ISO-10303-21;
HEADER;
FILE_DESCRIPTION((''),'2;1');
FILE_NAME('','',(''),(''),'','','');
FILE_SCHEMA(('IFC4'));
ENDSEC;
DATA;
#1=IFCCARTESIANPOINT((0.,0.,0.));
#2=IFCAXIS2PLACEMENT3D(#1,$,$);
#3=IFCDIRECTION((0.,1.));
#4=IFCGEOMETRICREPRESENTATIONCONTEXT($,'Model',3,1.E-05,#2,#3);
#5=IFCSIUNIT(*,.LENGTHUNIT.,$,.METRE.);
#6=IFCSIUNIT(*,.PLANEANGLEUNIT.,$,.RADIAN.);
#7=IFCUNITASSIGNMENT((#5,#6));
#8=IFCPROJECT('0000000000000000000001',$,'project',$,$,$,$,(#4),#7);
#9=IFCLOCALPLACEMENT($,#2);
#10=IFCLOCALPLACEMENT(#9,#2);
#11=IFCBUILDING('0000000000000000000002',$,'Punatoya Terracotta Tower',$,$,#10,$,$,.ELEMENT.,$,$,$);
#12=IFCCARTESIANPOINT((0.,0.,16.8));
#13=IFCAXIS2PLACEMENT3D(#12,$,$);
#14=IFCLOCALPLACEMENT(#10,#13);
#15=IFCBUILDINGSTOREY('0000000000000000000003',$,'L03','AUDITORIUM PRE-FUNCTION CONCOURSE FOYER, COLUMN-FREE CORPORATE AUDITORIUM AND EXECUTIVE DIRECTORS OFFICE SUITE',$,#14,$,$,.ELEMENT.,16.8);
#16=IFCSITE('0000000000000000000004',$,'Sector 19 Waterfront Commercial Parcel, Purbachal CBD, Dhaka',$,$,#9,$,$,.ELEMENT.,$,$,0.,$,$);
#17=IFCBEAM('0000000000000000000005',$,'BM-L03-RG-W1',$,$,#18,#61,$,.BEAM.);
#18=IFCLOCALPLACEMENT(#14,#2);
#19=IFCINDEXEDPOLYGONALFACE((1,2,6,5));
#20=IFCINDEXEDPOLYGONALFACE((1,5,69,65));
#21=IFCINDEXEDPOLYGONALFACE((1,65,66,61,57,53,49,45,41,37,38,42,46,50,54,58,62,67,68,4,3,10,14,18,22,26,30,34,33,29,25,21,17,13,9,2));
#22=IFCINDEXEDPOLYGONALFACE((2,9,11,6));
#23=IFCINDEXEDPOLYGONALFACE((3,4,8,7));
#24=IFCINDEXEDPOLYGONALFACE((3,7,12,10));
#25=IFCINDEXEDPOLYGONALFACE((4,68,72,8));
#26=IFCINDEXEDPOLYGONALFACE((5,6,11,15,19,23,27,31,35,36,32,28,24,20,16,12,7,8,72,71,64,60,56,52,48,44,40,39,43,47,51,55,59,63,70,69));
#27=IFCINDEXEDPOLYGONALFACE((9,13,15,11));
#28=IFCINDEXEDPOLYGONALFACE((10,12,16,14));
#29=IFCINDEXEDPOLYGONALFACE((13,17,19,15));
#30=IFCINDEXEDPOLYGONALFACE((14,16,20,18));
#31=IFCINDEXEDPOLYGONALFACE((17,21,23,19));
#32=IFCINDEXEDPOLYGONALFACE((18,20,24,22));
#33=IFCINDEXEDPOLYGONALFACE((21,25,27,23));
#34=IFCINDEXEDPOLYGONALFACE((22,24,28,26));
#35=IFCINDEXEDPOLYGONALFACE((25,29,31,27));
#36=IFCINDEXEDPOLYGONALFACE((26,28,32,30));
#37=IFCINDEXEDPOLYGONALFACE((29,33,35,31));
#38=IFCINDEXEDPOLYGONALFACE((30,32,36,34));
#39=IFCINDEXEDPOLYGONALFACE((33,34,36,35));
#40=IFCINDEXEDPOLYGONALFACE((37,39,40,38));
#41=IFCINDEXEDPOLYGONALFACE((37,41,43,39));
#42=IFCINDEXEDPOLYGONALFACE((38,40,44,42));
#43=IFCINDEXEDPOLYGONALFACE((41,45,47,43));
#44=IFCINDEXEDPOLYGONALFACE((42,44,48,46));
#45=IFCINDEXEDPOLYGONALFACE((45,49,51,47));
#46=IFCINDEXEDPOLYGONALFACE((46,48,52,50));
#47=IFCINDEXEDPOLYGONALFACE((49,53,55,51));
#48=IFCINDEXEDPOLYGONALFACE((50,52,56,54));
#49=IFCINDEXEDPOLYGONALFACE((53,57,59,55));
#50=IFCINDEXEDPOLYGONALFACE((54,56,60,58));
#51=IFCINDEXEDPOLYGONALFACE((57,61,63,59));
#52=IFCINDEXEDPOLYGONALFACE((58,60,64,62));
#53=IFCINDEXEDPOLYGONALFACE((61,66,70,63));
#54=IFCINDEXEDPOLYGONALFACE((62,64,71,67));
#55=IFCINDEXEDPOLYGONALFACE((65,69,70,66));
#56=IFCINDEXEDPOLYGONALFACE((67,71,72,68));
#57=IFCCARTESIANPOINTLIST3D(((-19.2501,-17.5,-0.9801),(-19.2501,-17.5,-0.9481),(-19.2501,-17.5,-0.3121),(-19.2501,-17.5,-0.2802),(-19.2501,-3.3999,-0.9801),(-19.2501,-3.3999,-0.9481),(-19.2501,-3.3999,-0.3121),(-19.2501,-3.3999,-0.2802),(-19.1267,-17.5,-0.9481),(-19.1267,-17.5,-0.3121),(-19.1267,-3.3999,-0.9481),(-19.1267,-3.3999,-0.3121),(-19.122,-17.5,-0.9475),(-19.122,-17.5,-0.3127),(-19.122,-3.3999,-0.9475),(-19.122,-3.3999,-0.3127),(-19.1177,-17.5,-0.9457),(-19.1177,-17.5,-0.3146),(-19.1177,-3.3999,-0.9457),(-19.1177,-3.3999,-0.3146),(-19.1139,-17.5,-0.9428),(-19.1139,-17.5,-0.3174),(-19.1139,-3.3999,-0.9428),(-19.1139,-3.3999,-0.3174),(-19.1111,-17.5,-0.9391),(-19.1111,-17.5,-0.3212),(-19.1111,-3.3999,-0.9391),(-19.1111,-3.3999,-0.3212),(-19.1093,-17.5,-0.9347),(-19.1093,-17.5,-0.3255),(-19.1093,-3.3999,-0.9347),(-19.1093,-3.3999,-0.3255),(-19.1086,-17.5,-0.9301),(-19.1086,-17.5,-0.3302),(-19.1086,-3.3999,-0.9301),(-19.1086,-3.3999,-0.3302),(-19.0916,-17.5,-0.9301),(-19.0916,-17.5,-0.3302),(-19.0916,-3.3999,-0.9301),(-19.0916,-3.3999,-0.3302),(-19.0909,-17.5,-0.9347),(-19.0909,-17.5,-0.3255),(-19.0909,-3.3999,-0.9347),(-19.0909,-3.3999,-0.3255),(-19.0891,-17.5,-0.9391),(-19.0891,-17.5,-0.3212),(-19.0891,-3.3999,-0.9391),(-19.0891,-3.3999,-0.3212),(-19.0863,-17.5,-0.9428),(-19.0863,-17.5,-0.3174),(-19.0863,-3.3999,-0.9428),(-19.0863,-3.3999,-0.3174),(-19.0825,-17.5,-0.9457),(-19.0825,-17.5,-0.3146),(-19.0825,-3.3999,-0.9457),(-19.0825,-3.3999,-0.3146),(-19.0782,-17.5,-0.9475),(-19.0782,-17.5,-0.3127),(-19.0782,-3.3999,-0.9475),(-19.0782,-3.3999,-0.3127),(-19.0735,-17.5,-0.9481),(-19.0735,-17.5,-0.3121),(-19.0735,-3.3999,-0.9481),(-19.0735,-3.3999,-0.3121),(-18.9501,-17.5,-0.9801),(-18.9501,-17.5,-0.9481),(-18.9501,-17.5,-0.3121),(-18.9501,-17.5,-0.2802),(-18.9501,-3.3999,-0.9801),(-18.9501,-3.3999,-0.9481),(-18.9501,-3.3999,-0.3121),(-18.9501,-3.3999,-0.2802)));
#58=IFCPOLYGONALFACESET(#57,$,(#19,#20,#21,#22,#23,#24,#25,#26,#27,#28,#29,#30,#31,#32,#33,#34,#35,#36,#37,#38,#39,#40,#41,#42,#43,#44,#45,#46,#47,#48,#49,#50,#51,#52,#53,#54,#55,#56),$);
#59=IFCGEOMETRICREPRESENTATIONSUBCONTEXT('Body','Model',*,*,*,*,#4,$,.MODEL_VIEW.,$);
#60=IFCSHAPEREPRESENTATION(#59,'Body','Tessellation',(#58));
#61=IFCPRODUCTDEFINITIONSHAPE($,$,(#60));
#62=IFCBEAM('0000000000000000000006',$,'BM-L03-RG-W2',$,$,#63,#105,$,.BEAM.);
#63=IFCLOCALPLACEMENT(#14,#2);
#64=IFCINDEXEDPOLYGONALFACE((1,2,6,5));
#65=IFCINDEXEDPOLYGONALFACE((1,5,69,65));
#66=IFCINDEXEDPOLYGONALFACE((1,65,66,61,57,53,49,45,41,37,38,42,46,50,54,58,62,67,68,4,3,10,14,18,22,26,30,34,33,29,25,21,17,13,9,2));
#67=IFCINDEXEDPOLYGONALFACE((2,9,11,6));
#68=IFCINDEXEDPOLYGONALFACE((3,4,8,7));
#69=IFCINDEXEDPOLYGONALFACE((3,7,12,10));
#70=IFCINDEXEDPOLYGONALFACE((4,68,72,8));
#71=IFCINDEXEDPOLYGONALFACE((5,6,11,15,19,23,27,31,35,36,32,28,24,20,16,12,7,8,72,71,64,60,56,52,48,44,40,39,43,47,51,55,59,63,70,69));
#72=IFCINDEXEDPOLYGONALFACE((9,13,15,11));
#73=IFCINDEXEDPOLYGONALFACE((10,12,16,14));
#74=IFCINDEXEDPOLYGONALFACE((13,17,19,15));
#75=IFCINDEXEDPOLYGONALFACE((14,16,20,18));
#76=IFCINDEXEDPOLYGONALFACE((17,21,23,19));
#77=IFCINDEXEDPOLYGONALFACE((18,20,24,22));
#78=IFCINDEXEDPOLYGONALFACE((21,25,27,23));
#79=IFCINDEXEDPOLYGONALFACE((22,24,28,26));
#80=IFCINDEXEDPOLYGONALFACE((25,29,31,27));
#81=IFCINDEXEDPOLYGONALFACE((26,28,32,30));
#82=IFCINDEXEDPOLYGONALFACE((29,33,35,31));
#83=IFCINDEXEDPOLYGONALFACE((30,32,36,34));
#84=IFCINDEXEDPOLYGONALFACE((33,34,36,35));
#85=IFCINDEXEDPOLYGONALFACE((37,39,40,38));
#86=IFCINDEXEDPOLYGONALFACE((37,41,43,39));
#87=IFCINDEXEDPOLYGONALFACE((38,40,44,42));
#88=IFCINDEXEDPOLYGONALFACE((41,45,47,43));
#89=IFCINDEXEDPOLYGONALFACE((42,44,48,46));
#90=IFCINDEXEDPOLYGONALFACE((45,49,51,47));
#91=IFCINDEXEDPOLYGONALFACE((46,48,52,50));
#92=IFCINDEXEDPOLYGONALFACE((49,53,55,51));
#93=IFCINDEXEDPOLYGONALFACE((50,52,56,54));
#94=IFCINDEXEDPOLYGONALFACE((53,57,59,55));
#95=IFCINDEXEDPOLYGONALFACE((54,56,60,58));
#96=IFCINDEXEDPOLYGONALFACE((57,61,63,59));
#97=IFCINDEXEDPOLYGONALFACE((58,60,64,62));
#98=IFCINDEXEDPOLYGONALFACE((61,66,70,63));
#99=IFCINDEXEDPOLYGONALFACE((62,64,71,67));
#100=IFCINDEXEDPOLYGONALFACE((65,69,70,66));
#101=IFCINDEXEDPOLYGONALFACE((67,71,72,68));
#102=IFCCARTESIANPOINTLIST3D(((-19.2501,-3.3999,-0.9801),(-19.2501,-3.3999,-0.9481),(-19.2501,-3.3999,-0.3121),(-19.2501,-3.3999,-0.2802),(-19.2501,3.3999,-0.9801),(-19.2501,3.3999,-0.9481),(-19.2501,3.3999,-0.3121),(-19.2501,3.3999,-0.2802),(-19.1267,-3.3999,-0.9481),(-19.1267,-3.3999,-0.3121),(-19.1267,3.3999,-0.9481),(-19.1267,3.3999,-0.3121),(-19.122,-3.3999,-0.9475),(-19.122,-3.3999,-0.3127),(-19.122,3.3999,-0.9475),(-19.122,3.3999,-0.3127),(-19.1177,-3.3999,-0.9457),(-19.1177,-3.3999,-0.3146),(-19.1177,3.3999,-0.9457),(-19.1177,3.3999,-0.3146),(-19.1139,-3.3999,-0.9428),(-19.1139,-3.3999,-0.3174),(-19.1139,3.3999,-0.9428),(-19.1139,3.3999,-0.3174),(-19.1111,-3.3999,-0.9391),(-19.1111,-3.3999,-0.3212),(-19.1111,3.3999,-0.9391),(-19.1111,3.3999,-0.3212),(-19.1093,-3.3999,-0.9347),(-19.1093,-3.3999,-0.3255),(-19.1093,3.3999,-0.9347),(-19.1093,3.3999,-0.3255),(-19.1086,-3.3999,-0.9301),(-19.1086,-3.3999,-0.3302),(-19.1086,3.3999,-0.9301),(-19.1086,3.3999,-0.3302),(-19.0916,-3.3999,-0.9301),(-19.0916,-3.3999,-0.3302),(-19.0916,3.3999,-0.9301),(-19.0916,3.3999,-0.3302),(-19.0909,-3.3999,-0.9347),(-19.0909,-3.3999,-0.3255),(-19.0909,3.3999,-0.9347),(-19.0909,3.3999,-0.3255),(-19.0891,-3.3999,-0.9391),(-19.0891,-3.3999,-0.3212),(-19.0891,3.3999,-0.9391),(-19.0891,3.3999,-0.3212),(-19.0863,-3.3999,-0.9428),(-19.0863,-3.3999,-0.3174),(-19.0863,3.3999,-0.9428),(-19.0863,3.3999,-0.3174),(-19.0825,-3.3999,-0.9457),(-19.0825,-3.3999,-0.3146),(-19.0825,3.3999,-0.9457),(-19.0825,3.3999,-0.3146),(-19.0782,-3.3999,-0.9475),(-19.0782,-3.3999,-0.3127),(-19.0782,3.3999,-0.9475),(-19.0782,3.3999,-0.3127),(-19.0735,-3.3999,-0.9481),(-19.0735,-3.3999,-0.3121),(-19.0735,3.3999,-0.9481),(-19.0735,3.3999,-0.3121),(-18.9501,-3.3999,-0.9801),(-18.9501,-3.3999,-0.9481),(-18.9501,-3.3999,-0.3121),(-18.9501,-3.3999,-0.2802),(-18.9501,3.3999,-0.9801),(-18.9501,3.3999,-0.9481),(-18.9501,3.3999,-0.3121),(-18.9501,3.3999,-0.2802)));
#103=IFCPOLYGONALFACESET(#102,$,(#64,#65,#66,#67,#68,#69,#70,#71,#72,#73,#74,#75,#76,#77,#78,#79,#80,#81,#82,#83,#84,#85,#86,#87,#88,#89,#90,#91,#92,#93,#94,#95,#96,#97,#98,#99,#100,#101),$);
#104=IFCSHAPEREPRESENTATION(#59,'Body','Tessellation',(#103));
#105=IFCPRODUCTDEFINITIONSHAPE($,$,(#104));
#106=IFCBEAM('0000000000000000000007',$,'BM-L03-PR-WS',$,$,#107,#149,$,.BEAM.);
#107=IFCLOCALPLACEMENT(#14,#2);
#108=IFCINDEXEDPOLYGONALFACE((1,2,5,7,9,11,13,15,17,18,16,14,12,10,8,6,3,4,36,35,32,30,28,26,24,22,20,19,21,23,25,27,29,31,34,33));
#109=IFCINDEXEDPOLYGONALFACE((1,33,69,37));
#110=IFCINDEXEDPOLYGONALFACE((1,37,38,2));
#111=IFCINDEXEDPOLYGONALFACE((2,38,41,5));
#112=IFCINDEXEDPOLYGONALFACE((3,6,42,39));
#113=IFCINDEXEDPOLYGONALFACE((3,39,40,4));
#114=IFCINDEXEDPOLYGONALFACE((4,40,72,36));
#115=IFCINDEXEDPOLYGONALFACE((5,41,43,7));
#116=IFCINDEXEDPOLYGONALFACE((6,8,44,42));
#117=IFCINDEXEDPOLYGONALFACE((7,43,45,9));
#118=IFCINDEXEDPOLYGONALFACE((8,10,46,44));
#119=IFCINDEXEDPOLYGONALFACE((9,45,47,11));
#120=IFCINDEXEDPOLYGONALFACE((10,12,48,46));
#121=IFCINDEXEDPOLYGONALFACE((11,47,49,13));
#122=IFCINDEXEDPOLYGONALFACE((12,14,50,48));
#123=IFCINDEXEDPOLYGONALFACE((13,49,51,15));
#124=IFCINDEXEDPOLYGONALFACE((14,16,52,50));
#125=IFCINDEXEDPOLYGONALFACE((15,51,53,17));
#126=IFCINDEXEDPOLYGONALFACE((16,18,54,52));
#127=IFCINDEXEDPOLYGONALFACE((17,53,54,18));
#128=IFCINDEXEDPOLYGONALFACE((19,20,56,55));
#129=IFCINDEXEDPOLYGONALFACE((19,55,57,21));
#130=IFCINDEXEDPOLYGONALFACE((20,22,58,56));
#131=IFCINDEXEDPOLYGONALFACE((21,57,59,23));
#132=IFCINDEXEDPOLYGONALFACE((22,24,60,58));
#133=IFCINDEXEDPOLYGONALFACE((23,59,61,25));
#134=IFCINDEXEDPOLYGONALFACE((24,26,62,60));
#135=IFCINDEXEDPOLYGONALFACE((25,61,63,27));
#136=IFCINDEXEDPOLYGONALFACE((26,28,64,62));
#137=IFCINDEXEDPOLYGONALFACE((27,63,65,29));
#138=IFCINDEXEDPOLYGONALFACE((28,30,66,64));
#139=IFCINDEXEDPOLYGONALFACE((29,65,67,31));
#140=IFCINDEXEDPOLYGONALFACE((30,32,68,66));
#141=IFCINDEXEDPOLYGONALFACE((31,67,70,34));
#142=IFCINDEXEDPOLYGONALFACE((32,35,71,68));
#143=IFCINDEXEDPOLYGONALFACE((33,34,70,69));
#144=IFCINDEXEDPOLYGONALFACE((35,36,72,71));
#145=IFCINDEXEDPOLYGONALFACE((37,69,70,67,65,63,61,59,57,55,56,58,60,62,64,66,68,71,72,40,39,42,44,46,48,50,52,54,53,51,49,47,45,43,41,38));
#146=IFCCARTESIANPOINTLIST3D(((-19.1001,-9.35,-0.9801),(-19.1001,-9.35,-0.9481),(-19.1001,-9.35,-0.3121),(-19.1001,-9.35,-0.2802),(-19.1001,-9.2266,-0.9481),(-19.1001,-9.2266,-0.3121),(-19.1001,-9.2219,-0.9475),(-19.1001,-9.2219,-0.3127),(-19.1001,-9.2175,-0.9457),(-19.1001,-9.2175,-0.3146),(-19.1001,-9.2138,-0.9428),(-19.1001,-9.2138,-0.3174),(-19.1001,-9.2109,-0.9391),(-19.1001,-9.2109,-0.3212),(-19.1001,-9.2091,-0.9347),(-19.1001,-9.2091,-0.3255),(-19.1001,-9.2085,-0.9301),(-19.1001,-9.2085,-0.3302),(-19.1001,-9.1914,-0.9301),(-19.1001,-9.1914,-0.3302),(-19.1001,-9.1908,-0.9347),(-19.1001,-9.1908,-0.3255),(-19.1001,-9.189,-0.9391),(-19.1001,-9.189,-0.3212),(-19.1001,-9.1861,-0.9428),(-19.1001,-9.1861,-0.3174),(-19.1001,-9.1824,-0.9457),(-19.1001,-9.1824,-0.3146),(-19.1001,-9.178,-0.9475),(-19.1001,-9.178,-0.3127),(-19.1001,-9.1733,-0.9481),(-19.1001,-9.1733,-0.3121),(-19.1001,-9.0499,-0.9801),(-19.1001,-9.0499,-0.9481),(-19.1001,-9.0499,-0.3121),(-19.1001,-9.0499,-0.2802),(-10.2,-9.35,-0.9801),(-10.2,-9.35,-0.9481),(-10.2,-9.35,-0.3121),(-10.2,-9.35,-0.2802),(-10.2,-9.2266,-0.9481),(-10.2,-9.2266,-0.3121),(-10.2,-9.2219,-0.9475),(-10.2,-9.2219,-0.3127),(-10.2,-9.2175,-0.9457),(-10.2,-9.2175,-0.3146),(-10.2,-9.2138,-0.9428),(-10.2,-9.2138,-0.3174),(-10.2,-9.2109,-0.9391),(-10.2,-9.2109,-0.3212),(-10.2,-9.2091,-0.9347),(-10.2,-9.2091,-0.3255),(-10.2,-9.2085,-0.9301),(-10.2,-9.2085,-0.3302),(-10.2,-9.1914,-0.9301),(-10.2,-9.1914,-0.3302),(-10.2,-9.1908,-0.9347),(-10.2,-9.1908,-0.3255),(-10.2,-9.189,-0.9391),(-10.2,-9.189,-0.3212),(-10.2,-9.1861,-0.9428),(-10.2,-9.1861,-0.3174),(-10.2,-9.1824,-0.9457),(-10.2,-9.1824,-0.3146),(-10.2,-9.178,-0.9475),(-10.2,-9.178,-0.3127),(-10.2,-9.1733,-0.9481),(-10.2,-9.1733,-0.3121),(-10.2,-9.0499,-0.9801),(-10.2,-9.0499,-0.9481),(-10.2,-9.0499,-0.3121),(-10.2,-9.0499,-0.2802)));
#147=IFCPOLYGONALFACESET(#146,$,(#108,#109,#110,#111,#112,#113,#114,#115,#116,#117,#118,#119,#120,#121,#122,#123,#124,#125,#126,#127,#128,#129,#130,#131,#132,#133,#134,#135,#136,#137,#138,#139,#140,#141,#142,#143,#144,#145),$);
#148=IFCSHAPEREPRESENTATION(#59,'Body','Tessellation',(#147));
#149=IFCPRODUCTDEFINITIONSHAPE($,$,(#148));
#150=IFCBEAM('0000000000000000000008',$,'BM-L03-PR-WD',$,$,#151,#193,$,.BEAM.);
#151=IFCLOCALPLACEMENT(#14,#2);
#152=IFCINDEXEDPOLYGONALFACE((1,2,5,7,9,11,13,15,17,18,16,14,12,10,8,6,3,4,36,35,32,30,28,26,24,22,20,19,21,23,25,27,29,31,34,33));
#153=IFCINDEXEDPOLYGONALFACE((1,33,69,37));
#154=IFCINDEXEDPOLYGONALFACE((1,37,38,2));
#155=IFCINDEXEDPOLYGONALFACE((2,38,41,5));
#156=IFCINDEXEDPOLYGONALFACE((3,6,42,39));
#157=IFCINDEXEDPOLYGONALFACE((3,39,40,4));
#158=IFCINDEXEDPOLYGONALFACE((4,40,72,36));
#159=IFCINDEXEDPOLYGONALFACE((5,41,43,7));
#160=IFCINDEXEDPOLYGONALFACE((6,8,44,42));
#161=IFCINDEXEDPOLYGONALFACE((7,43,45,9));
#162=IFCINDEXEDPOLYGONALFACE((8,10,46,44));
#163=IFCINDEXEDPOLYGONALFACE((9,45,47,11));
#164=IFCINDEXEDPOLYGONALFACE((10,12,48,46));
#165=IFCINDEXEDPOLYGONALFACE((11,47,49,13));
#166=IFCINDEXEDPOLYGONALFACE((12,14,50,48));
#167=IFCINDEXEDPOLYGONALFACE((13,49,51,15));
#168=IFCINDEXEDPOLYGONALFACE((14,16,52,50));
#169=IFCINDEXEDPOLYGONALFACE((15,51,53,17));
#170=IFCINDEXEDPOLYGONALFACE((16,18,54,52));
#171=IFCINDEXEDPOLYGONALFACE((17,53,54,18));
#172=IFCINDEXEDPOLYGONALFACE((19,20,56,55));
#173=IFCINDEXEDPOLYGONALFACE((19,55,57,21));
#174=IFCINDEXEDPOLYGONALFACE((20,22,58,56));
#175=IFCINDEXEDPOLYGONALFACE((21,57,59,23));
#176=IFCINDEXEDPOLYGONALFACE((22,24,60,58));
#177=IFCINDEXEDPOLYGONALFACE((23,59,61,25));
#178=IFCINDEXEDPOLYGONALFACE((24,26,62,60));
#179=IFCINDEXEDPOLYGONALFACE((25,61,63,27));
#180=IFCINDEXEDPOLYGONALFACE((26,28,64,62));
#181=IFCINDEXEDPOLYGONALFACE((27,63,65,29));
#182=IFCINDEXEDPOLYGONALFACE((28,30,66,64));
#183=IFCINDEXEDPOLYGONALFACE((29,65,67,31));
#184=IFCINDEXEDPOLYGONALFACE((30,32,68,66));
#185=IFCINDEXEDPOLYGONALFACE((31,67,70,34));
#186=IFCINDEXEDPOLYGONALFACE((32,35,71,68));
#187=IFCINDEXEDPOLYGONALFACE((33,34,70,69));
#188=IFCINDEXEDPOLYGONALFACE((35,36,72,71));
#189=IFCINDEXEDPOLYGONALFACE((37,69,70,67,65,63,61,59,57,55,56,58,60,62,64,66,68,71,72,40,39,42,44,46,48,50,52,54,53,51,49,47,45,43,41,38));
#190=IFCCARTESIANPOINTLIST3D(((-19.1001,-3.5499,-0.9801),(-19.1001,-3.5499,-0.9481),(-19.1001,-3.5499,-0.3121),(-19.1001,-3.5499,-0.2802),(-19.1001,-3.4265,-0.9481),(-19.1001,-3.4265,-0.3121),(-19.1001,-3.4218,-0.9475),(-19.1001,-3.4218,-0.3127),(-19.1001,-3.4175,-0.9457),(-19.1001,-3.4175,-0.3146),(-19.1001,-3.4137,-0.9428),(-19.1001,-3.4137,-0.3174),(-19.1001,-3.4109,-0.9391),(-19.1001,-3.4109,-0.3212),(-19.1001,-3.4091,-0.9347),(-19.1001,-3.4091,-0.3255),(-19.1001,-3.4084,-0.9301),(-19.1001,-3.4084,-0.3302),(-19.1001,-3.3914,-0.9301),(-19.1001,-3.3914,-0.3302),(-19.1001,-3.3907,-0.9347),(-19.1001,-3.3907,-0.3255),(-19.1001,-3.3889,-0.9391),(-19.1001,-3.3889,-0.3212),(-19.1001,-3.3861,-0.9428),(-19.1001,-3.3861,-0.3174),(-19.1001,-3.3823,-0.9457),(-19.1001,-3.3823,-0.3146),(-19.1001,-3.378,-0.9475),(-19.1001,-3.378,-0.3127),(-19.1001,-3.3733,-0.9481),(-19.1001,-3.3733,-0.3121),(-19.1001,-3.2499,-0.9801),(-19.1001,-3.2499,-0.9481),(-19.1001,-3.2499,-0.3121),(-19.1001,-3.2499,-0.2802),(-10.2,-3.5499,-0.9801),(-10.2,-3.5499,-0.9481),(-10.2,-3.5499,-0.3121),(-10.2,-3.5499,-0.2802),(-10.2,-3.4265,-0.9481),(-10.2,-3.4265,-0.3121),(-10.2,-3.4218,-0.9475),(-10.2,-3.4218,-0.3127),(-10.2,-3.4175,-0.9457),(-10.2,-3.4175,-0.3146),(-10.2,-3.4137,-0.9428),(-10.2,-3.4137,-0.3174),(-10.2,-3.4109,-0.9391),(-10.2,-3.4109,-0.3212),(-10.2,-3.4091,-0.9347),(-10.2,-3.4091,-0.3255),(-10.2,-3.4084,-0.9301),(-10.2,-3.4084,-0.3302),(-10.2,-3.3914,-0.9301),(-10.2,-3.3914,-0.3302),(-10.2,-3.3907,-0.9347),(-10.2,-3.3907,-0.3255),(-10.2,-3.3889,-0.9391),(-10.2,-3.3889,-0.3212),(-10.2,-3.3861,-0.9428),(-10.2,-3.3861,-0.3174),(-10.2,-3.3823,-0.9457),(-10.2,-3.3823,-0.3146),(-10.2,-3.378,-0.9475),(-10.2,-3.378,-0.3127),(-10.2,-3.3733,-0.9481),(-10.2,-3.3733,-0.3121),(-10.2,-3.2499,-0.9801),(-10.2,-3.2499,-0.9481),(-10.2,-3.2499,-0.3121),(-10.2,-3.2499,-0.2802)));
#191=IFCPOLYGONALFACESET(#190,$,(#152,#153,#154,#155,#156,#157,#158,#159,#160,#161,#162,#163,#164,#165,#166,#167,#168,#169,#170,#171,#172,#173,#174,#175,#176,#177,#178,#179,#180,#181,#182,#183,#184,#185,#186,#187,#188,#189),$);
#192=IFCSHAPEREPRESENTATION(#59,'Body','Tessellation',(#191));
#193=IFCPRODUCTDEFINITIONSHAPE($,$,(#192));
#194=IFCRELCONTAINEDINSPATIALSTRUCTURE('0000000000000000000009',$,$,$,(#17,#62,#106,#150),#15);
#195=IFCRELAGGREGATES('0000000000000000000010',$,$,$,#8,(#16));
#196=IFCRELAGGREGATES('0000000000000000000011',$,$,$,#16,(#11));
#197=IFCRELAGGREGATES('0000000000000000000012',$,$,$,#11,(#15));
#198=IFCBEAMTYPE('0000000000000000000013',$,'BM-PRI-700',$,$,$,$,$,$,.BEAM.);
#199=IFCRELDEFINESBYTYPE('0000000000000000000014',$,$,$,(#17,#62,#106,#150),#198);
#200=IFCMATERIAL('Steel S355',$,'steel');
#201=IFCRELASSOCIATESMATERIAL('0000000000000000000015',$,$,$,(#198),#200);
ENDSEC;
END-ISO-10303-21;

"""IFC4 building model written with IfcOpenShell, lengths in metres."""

from ifc_helpers import new_model, si_unit, direction, frame, origin, origin_2d, place, context, subcontext, project, spatial, i_section, extrude, material, material_profile, profile_set, type_object, element, save


model = new_model("IFC4")

# Units and contexts
model_context = context("Model", 3, precision=1e-05, world=origin(), true_north=direction((0.0, 1.0)))
body_context = subcontext(model_context, "Body", "Model", "MODEL_VIEW")
ifc_project = project(units=[si_unit("LENGTHUNIT", "METRE"), si_unit("PLANEANGLEUNIT", "RADIAN")], contexts=[model_context])

# Site, building, storey
site_placement = place(None, origin())
site = spatial("IfcSite", under=ifc_project, at=site_placement, Name="Sector 19 Waterfront Commercial Parcel, Purbachal CBD, Dhaka", CompositionType="ELEMENT", RefElevation=0.0)
building_placement = place(site_placement, origin())
building = spatial("IfcBuilding", under=site, at=building_placement, Name="Punatoya Terracotta Tower", CompositionType="ELEMENT")
storey_placement = place(building_placement, frame((0.0, 0.0, 16.8)))
storey = spatial("IfcBuildingStorey", under=building, at=storey_placement, Name="L03", Description="AUDITORIUM PRE-FUNCTION CONCOURSE FOYER, COLUMN-FREE CORPORATE AUDITORIUM AND EXECUTIVE DIRECTORS OFFICE SUITE", CompositionType="ELEMENT", Elevation=16.8)

# Beams
ifc_material_1 = material(Name="Steel S355", Category="steel")
ifc_material_profile_1 = material_profile(ifc_material_1, i_section(OverallWidth=0.3, OverallDepth=0.7, WebThickness=0.0171, FlangeThickness=0.032, FilletRadius=0.0181, at=origin_2d()))
ifc_profile_set_1 = profile_set([ifc_material_profile_1], Name="Steel S355")
beam_type_1 = type_object("IfcBeamType", Name="BM-PRI-700", PredefinedType="BEAM", material=ifc_profile_set_1)
beam_1_placement = place(storey_placement, frame((-19.1001, -17.5, -0.6301), z_axis=(0.0, 1.0, 0.0), x_axis=(-1.0, 0.0, 0.0)))
element("IfcBeam", 1, at=beam_1_placement, inside=storey, type_object=beam_type_1, Name="BM-L03-RG-W1", PredefinedType="BEAM", context=body_context, shape_type="SweptSolid", body=[
    extrude(i_section(OverallWidth=0.3, OverallDepth=0.7, WebThickness=0.0171, FlangeThickness=0.032, FilletRadius=0.0181, at=origin_2d()), origin(), (0.0, 0.0, 1.0), 14.1001),
])
beam_2_placement = place(storey_placement, frame((-19.1001, -3.3999, -0.6301), z_axis=(0.0, 1.0, 0.0), x_axis=(-1.0, 0.0, 0.0)))
element("IfcBeam", 2, at=beam_2_placement, inside=storey, type_object=beam_type_1, Name="BM-L03-RG-W2", PredefinedType="BEAM", context=body_context, shape_type="SweptSolid", body=[
    extrude(i_section(OverallWidth=0.3, OverallDepth=0.7, WebThickness=0.0171, FlangeThickness=0.032, FilletRadius=0.0181, at=origin_2d()), origin(), (0.0, 0.0, 1.0), 6.7998),
])
for number, where, z_axis, x_axis, name in (
    (3, (-19.1001, -9.2, -0.6301), (1.0, 0.0, 0.0), (0.0, 1.0, 0.0), "BM-L03-PR-WS"),
    (4, (-19.1001, -3.3999, -0.6301), (1.0, 0.0, 0.0), (0.0, 1.0, 0.0), "BM-L03-PR-WD"),
):
    element("IfcBeam", number, at=place(storey_placement, frame(where, z_axis=z_axis, x_axis=x_axis)), inside=storey, type_object=beam_type_1, Name=name, PredefinedType="BEAM", context=body_context, shape_type="SweptSolid", body=[
        extrude(i_section(OverallWidth=0.3, OverallDepth=0.7, WebThickness=0.0171, FlangeThickness=0.032, FilletRadius=0.0181, at=origin_2d()), origin(), (0.0, 0.0, 1.0), 8.9001),
    ])

save(model, "model.ifc")
